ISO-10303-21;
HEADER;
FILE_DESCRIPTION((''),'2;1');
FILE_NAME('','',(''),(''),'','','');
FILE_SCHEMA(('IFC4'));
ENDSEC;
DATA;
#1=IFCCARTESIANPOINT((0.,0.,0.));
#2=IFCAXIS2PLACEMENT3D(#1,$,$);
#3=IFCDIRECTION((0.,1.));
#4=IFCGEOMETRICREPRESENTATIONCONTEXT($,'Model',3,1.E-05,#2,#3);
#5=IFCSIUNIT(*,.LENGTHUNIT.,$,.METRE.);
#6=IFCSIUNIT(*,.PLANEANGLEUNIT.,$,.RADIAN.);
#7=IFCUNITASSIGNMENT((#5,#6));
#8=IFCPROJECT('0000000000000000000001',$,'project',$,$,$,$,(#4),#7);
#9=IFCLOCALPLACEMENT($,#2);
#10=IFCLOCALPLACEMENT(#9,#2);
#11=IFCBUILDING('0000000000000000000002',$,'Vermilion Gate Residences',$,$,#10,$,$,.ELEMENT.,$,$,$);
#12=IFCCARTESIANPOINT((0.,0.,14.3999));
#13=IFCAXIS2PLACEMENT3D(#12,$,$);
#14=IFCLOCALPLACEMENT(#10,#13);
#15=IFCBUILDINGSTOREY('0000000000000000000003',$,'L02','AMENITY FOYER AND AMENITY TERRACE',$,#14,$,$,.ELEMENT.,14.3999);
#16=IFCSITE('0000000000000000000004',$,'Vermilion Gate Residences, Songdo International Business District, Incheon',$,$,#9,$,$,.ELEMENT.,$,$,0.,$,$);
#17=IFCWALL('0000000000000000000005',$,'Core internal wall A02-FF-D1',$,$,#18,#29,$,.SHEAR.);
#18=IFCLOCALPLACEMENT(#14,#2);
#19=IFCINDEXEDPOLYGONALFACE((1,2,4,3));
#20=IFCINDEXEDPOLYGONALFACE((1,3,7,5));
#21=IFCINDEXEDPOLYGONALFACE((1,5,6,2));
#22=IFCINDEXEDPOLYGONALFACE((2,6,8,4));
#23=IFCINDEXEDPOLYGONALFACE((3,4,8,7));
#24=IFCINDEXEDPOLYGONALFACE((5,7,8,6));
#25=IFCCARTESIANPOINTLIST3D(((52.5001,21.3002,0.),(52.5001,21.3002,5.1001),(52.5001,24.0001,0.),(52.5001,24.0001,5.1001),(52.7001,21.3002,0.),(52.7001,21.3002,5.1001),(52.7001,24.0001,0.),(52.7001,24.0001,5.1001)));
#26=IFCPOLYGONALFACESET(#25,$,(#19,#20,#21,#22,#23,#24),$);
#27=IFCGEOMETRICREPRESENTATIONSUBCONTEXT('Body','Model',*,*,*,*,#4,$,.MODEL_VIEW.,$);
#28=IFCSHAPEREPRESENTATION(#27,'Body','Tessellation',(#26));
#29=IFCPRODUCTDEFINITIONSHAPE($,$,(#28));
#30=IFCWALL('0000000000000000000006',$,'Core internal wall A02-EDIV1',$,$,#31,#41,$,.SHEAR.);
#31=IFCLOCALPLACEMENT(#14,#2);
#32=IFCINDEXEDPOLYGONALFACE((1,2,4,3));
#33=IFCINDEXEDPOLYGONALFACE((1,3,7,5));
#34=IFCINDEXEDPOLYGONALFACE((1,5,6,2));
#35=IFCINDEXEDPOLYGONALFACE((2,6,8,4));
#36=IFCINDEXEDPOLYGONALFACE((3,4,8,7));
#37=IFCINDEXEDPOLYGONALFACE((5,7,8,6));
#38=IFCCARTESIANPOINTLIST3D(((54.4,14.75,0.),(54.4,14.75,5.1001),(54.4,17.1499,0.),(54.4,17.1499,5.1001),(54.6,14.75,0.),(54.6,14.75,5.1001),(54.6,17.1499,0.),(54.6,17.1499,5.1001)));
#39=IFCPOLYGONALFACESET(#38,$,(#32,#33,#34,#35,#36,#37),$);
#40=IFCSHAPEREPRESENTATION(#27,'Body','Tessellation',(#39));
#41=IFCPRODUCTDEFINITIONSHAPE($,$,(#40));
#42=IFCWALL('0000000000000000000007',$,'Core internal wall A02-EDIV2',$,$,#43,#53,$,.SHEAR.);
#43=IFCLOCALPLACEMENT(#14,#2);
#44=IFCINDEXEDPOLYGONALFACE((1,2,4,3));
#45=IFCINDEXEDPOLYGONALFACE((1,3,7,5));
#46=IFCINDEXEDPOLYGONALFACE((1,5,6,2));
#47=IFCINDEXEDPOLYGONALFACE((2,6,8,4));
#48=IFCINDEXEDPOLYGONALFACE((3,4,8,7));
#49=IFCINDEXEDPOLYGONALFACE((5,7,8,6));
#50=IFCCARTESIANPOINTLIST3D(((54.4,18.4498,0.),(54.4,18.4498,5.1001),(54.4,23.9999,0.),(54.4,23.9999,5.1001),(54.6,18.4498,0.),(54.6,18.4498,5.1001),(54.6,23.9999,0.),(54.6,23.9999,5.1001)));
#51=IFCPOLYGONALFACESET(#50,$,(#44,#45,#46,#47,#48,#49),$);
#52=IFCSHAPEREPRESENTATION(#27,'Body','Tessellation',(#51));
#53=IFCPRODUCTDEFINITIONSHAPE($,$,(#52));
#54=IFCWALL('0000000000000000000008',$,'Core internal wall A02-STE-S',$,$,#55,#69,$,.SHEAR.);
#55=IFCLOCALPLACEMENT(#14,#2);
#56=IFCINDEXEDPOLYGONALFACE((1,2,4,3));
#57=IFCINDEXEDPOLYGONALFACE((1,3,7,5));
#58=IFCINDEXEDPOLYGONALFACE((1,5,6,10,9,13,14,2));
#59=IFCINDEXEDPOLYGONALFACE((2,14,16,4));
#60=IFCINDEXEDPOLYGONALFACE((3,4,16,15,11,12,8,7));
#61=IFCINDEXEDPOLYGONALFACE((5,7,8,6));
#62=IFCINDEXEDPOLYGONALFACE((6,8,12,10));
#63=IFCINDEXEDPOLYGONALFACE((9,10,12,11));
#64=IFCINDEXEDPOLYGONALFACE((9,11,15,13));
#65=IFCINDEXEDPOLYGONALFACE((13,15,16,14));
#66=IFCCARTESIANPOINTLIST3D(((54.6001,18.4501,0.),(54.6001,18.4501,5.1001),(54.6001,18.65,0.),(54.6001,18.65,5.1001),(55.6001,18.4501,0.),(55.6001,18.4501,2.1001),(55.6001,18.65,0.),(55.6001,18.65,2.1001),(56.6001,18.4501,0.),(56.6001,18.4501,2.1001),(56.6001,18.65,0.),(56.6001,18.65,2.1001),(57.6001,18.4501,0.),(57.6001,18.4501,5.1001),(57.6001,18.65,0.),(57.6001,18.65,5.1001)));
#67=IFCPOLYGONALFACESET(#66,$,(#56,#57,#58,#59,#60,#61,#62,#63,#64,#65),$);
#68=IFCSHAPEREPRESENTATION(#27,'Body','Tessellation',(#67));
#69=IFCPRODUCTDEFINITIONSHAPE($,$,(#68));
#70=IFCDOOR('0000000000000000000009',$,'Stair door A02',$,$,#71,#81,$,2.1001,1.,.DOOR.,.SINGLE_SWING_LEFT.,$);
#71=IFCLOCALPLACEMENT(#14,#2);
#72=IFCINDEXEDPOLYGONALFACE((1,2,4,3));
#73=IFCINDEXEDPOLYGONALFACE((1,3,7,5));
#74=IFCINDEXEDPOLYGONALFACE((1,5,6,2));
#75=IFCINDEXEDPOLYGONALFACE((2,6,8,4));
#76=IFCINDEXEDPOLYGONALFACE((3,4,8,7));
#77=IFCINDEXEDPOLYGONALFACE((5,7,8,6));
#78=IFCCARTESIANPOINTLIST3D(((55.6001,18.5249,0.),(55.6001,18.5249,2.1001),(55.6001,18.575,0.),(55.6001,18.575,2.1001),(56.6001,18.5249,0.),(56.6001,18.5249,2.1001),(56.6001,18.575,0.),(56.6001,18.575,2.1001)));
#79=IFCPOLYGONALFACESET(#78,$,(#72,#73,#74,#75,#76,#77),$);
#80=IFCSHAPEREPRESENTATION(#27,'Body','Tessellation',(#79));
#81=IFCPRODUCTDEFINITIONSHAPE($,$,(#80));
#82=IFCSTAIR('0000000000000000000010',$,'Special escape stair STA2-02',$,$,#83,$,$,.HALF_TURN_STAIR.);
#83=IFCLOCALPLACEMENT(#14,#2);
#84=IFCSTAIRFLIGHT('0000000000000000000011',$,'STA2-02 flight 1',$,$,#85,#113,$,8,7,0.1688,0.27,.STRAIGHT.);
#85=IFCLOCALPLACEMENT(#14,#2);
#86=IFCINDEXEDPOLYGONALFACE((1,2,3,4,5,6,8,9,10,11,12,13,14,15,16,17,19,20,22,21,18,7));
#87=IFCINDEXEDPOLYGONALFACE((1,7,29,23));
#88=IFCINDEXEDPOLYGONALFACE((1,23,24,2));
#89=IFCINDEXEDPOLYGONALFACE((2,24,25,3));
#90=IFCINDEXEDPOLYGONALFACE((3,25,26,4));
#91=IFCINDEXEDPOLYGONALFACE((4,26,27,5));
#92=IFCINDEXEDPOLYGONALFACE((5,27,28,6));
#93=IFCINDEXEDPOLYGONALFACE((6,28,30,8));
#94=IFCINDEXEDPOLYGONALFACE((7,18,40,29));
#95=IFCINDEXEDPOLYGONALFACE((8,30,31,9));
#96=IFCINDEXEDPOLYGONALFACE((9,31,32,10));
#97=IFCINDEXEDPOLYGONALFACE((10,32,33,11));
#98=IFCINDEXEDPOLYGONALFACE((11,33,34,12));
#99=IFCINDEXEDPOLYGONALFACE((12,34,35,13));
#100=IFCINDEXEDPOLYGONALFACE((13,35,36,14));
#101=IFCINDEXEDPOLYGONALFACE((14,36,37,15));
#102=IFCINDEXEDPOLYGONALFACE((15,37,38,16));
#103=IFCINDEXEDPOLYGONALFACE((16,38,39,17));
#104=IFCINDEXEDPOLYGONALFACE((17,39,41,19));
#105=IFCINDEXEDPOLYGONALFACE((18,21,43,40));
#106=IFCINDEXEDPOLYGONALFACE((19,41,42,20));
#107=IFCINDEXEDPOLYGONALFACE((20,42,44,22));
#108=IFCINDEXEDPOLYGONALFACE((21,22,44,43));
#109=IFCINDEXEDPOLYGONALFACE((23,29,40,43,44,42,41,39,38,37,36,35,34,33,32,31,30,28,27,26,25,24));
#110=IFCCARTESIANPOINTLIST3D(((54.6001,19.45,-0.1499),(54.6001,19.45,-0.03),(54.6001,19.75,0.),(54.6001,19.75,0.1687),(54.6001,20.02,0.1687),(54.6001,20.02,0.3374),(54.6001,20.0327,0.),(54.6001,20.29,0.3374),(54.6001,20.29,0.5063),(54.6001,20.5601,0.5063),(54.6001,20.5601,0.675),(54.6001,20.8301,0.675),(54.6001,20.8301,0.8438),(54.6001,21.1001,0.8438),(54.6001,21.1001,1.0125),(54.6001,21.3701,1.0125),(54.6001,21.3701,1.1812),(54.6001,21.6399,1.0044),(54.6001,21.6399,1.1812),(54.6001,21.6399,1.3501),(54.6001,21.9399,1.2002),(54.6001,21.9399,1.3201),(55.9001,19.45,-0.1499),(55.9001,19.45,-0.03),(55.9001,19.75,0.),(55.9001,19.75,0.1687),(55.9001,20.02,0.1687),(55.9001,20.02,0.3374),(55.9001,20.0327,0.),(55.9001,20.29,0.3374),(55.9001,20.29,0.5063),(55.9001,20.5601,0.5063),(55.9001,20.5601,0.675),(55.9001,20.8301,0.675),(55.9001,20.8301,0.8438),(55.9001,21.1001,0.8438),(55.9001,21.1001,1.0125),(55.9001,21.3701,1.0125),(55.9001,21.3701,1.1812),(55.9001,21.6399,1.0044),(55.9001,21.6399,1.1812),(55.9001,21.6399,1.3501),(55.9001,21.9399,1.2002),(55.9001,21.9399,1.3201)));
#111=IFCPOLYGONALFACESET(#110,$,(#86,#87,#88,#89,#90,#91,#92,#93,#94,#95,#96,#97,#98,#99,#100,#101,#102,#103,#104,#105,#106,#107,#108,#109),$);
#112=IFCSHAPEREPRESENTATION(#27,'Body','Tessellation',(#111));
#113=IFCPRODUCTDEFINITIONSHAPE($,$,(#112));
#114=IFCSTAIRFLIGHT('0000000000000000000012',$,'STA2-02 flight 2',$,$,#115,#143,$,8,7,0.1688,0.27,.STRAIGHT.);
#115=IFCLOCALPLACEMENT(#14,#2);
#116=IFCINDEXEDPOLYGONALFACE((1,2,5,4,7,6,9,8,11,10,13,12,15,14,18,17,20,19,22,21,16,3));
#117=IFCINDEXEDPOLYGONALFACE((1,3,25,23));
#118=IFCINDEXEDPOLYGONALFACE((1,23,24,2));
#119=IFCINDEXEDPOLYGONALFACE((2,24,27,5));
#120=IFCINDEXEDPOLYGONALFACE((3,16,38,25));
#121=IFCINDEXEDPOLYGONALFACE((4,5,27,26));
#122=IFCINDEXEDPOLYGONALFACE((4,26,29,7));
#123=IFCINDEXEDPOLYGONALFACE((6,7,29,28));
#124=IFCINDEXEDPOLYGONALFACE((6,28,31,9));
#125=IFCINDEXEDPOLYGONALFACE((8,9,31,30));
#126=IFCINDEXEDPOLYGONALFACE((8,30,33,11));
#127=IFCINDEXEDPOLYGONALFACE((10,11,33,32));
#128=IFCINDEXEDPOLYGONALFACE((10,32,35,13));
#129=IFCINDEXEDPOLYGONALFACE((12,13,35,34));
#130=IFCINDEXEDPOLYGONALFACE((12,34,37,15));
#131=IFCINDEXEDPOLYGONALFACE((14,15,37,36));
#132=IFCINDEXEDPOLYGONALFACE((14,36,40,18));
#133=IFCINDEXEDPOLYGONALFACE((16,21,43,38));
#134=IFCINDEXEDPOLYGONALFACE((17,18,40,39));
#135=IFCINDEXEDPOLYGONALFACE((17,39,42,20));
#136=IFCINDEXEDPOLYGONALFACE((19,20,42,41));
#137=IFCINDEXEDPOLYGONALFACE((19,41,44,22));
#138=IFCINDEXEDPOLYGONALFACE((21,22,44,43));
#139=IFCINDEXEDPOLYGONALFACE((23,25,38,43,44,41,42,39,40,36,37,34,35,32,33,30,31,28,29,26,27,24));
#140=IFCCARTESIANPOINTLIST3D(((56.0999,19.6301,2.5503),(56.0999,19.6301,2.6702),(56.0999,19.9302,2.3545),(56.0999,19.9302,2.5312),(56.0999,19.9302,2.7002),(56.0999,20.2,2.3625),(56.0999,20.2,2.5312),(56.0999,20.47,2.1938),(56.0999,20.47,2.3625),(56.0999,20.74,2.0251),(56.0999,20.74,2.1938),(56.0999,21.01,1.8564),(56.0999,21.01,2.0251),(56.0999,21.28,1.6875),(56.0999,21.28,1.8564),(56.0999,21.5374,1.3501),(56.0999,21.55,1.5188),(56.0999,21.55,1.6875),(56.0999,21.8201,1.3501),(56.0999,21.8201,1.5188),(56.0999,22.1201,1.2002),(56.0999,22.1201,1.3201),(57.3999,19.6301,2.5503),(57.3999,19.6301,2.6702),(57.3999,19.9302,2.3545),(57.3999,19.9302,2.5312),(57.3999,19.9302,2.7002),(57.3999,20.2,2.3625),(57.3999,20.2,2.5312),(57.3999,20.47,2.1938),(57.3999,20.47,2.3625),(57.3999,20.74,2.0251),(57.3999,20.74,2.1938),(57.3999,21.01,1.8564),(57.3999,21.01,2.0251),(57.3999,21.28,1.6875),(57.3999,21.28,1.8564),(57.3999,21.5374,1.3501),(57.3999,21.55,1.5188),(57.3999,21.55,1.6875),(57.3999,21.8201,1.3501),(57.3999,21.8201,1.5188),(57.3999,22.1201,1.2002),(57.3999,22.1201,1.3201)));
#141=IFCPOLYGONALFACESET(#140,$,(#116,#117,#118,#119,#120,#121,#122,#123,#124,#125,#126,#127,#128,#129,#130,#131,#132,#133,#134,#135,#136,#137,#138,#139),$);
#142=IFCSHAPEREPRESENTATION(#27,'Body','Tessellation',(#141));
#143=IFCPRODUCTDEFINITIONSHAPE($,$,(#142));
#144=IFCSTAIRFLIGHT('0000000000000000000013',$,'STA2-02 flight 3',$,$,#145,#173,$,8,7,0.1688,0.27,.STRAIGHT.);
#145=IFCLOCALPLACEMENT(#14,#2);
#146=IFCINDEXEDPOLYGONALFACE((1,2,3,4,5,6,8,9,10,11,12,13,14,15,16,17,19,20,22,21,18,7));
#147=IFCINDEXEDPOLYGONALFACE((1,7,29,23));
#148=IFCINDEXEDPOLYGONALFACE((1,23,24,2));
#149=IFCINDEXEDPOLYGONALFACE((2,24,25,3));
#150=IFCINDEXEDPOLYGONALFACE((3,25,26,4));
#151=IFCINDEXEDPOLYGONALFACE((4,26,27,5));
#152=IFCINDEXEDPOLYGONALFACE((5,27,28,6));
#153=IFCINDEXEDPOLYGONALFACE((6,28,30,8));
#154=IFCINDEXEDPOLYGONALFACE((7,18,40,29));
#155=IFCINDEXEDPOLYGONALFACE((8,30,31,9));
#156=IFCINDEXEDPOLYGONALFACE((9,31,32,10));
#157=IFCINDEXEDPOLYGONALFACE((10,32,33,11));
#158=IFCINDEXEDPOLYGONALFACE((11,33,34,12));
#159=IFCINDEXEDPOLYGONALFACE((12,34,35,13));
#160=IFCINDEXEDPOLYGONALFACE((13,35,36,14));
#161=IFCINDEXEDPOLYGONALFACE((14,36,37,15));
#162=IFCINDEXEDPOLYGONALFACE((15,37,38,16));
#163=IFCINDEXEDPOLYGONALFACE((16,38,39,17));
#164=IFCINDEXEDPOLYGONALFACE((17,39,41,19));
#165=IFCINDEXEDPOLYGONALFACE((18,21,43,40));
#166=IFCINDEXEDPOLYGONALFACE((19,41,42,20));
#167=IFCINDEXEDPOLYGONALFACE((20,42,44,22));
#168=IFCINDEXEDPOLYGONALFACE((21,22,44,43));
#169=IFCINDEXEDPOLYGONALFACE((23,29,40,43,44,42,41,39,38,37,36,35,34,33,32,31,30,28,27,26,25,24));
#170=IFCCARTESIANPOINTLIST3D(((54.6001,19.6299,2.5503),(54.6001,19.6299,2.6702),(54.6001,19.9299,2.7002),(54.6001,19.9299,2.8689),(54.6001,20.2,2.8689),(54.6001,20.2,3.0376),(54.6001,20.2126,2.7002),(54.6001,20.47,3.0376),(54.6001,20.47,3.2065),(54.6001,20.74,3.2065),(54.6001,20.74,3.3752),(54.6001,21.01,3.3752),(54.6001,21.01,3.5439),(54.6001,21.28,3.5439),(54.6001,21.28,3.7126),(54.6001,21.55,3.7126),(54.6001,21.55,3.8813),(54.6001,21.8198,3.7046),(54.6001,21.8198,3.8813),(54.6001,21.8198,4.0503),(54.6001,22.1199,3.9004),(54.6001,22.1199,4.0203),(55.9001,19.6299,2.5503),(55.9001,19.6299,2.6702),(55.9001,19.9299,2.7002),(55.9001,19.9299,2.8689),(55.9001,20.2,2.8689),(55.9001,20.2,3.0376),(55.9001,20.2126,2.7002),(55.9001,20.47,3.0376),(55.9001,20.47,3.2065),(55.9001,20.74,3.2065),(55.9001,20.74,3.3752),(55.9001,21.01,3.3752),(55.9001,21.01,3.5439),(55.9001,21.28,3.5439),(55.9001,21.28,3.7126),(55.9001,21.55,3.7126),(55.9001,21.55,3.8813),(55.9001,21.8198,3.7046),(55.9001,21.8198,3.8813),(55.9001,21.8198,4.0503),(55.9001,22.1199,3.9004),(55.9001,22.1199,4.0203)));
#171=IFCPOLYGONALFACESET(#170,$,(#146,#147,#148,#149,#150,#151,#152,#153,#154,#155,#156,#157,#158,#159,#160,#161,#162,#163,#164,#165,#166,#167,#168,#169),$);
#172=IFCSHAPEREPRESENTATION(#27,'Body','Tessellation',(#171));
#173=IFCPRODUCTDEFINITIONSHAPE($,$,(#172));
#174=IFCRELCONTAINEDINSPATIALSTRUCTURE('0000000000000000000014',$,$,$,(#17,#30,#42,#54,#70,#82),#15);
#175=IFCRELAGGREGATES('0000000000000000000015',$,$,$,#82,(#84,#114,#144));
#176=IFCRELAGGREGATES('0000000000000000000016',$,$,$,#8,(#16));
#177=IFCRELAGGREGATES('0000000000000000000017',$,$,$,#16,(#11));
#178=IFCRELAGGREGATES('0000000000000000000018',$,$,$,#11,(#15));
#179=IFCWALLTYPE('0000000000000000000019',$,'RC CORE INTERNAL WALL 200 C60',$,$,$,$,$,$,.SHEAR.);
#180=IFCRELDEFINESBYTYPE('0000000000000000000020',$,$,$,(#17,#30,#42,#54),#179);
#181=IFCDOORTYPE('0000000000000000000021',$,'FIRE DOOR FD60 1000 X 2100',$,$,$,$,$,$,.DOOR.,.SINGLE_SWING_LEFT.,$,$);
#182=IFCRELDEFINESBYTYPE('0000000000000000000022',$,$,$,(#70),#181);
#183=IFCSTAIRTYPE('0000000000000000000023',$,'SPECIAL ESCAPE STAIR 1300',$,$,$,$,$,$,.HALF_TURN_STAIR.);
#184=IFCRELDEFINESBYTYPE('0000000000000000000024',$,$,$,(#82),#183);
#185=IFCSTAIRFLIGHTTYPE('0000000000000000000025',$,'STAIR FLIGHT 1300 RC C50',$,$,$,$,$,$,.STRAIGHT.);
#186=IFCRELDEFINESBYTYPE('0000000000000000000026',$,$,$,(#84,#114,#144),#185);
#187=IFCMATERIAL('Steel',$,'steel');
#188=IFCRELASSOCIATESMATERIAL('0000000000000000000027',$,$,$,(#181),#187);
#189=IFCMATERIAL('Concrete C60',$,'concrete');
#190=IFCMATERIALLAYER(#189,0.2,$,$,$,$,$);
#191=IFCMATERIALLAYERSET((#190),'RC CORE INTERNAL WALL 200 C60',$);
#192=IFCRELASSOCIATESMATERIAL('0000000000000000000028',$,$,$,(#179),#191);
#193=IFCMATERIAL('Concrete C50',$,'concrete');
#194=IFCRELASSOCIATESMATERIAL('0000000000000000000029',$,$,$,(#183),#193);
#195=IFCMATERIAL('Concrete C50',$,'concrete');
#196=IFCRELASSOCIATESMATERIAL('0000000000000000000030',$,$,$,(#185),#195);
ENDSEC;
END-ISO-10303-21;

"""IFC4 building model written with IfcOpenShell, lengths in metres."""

from ifc_helpers import new_model, si_unit, direction, frame, frame_2d, origin, place, context, subcontext, project, spatial, polyline, rectangle, outline, extrude, material, layer, layer_set, type_object, element, fill, aggregate, save


model = new_model("IFC4")

# Units and contexts
model_context = context("Model", 3, precision=1e-05, world=origin(), true_north=direction((0.0, 1.0)))
body_context = subcontext(model_context, "Body", "Model", "MODEL_VIEW")
ifc_project = project(units=[si_unit("LENGTHUNIT", "METRE"), si_unit("PLANEANGLEUNIT", "RADIAN")], contexts=[model_context])

# Site, building, storey
site_placement = place(None, origin())
site = spatial("IfcSite", under=ifc_project, at=site_placement, Name="Vermilion Gate Residences, Songdo International Business District, Incheon", CompositionType="ELEMENT", RefElevation=0.0)
building_placement = place(site_placement, origin())
building = spatial("IfcBuilding", under=site, at=building_placement, Name="Vermilion Gate Residences", CompositionType="ELEMENT")
storey_placement = place(building_placement, frame((0.0, 0.0, 14.3999)))
storey = spatial("IfcBuildingStorey", under=building, at=storey_placement, Name="L02", Description="AMENITY FOYER AND AMENITY TERRACE", CompositionType="ELEMENT", Elevation=14.3999)

# Shared definitions
ifc_material_1 = material(Name="Steel", Category="steel")
door_type_1 = type_object("IfcDoorType", Name="FIRE DOOR FD60 1000 X 2100", OperationType="SINGLE_SWING_LEFT", PredefinedType="DOOR", material=ifc_material_1)

# Walls
ifc_material_2 = material(Name="Concrete C60", Category="concrete")
ifc_layer_1 = layer(ifc_material_2, 0.2)
ifc_layer_set_1 = layer_set([ifc_layer_1], Name="RC CORE INTERNAL WALL 200 C60")
wall_type_1 = type_object("IfcWallType", Name="RC CORE INTERNAL WALL 200 C60", PredefinedType="SHEAR", material=ifc_layer_set_1)
for number, where, z_axis, x_axis, name in (
    (1, (52.6001, 21.3, 0.0), (0.0, 0.0, 1.0), (0.0, 1.0, 0.0), "Core internal wall A02-FF-D1"),
):
    element("IfcWall", number, at=place(storey_placement, frame(where, z_axis=z_axis, x_axis=x_axis)), inside=storey, type_object=wall_type_1, Name=name, PredefinedType="SHEAR", context=body_context, shape_type="SweptSolid", body=[
        extrude(rectangle(XDim=2.7, YDim=0.2, at=frame_2d((1.3501, 0.0))), origin(), (0.0, 0.0, 1.0), 5.1001),
    ])
wall_1_placement = place(storey_placement, frame((54.5, 14.75, 0.0), z_axis=(0.0, 0.0, 1.0), x_axis=(0.0, 1.0, 0.0)))
element("IfcWall", 2, at=wall_1_placement, inside=storey, type_object=wall_type_1, Name="Core internal wall A02-EDIV1", PredefinedType="SHEAR", context=body_context, shape_type="SweptSolid", body=[
    extrude(rectangle(XDim=2.3999, YDim=0.2, at=frame_2d((1.2, 0.0))), origin(), (0.0, 0.0, 1.0), 5.1001),
])
wall_2_placement = place(storey_placement, frame((54.5, 18.45, 0.0), z_axis=(0.0, 0.0, 1.0), x_axis=(0.0, 1.0, 0.0)))
element("IfcWall", 3, at=wall_2_placement, inside=storey, type_object=wall_type_1, Name="Core internal wall A02-EDIV2", PredefinedType="SHEAR", context=body_context, shape_type="SweptSolid", body=[
    extrude(rectangle(XDim=5.55, YDim=0.2, at=frame_2d((2.7749, 0.0))), origin(), (0.0, 0.0, 1.0), 5.1001),
])

# Wall, opening, door
wall_3_placement = place(storey_placement, frame((54.6001, 18.55, 0.0), z_axis=(0.0, 0.0, 1.0), x_axis=(1.0, 0.0, 0.0)))
wall_3 = element("IfcWall", 4, at=wall_3_placement, inside=storey, type_object=wall_type_1, Name="Core internal wall A02-STE-S", PredefinedType="SHEAR", context=body_context, shape_type="SweptSolid", body=[
    extrude(rectangle(XDim=3.0, YDim=0.2, at=frame_2d((1.5, 0.0))), origin(), (0.0, 0.0, 1.0), 5.1001),
])
opening_1_placement = place(wall_3_placement, frame((1.0, 0.0, 0.0)))
opening_1 = element("IfcOpeningElement", 5, at=opening_1_placement, cuts=wall_3, PredefinedType="OPENING", context=body_context, shape_type="SweptSolid", body=[
    extrude(rectangle(XDim=1.0, YDim=2.1001, at=frame_2d((0.5, 1.05))), frame((0.0, 0.1099, 0.0), z_axis=(0.0, -1.0, 0.0), x_axis=(1.0, 0.0, 0.0)), (0.0, 0.0, 1.0), 0.22),
])
door_1_placement = place(opening_1_placement, origin())
door_1 = element("IfcDoor", 6, at=door_1_placement, inside=storey, type_object=door_type_1, Name="Stair door A02", OperationType="SINGLE_SWING_LEFT", OverallHeight=2.1001, OverallWidth=1.0, PredefinedType="DOOR", context=body_context, shape_type="SweptSolid", body=[
    extrude(rectangle(XDim=1.0, YDim=2.1001, at=frame_2d((0.5, 1.05))), frame((0.0, 0.0249, 0.0), z_axis=(0.0, -1.0, 0.0), x_axis=(1.0, 0.0, 0.0)), (0.0, 0.0, 1.0), 0.05),
])
fill(opening_1, door_1)

# Stair, stair flights
ifc_material_3 = material(Name="Concrete C50", Category="concrete")
stair_type = type_object("IfcStairType", Name="SPECIAL ESCAPE STAIR 1300", PredefinedType="HALF_TURN_STAIR", material=ifc_material_3)
stair_placement = place(storey_placement, origin())
stair = element("IfcStair", 7, at=stair_placement, inside=storey, type_object=stair_type, Name="Special escape stair STA2-02", PredefinedType="HALF_TURN_STAIR")
ifc_material_4 = material(Name="Concrete C50", Category="concrete")
stair_flight_type = type_object("IfcStairFlightType", Name="STAIR FLIGHT 1300 RC C50", PredefinedType="STRAIGHT", material=ifc_material_4)
stair_flight_1_placement = place(storey_placement, frame((55.25, 19.75, 0.0), z_axis=(0.0, 0.0, 1.0), x_axis=(0.0, 1.0, 0.0)))
stair_flight_1 = element("IfcStairFlight", 8, at=stair_flight_1_placement, type_object=stair_flight_type, Name="STA2-02 flight 1", NumberOfRisers=8, NumberOfTreads=7, PredefinedType="STRAIGHT", RiserHeight=0.1688, TreadLength=0.27, context=body_context, shape_type="SweptSolid", body=[
    extrude(outline(polyline([(-0.3, -0.1499), (-0.3, -0.03), (0.0, 0.0), (0.0, 0.1687), (0.27, 0.1687), (0.27, 0.3374), (0.54, 0.3374), (0.54, 0.5063), (0.8101, 0.5063), (0.8101, 0.675), (1.0801, 0.675), (1.0801, 0.8438), (1.3501, 0.8438), (1.3501, 1.0125), (1.6201, 1.0125), (1.6201, 1.1812), (1.8899, 1.1812), (1.8899, 1.3501), (2.1899, 1.3201), (2.1899, 1.2002), (1.8899, 1.0044), (0.2827, 0.0), (-0.3, -0.1499)])), frame((0.0, 0.6499, 0.0), z_axis=(0.0, -1.0, 0.0), x_axis=(1.0, 0.0, 0.0)), (0.0, 0.0, 1.0), 1.3),
])
stair_flight_2_placement = place(storey_placement, frame((56.75, 21.8201, 1.3501), z_axis=(0.0, 0.0, 1.0), x_axis=(0.0, -1.0, 0.0)))
stair_flight_2 = element("IfcStairFlight", 9, at=stair_flight_2_placement, type_object=stair_flight_type, Name="STA2-02 flight 2", NumberOfRisers=8, NumberOfTreads=7, PredefinedType="STRAIGHT", RiserHeight=0.1688, TreadLength=0.27, context=body_context, shape_type="SweptSolid", body=[
    extrude(outline(polyline([(-0.3, -0.1499), (-0.3, -0.03), (0.0, 0.0), (0.0, 0.1687), (0.27, 0.1687), (0.27, 0.3374), (0.54, 0.3374), (0.54, 0.5063), (0.8101, 0.5063), (0.8101, 0.675), (1.0801, 0.675), (1.0801, 0.8438), (1.3501, 0.8438), (1.3501, 1.0125), (1.6201, 1.0125), (1.6201, 1.1812), (1.8899, 1.1812), (1.8899, 1.3501), (2.1899, 1.3201), (2.1899, 1.2002), (1.8899, 1.0044), (0.2827, 0.0), (-0.3, -0.1499)])), frame((0.0, 0.6499, 0.0), z_axis=(0.0, -1.0, 0.0), x_axis=(1.0, 0.0, 0.0)), (0.0, 0.0, 1.0), 1.3),
])
stair_flight_3_placement = place(storey_placement, frame((55.25, 19.9299, 2.7002), z_axis=(0.0, 0.0, 1.0), x_axis=(0.0, 1.0, 0.0)))
stair_flight_3 = element("IfcStairFlight", 10, at=stair_flight_3_placement, type_object=stair_flight_type, Name="STA2-02 flight 3", NumberOfRisers=8, NumberOfTreads=7, PredefinedType="STRAIGHT", RiserHeight=0.1688, TreadLength=0.27, context=body_context, shape_type="SweptSolid", body=[
    extrude(outline(polyline([(-0.3, -0.1499), (-0.3, -0.03), (0.0, 0.0), (0.0, 0.1687), (0.27, 0.1687), (0.27, 0.3374), (0.54, 0.3374), (0.54, 0.5063), (0.8101, 0.5063), (0.8101, 0.675), (1.0801, 0.675), (1.0801, 0.8438), (1.3501, 0.8438), (1.3501, 1.0125), (1.6201, 1.0125), (1.6201, 1.1812), (1.8899, 1.1812), (1.8899, 1.3501), (2.1899, 1.3201), (2.1899, 1.2002), (1.8899, 1.0044), (0.2827, 0.0), (-0.3, -0.1499)])), frame((0.0, 0.6499, 0.0), z_axis=(0.0, -1.0, 0.0), x_axis=(1.0, 0.0, 0.0)), (0.0, 0.0, 1.0), 1.3),
])
aggregate(stair, [stair_flight_1, stair_flight_2, stair_flight_3])

save(model, "model.ifc")
